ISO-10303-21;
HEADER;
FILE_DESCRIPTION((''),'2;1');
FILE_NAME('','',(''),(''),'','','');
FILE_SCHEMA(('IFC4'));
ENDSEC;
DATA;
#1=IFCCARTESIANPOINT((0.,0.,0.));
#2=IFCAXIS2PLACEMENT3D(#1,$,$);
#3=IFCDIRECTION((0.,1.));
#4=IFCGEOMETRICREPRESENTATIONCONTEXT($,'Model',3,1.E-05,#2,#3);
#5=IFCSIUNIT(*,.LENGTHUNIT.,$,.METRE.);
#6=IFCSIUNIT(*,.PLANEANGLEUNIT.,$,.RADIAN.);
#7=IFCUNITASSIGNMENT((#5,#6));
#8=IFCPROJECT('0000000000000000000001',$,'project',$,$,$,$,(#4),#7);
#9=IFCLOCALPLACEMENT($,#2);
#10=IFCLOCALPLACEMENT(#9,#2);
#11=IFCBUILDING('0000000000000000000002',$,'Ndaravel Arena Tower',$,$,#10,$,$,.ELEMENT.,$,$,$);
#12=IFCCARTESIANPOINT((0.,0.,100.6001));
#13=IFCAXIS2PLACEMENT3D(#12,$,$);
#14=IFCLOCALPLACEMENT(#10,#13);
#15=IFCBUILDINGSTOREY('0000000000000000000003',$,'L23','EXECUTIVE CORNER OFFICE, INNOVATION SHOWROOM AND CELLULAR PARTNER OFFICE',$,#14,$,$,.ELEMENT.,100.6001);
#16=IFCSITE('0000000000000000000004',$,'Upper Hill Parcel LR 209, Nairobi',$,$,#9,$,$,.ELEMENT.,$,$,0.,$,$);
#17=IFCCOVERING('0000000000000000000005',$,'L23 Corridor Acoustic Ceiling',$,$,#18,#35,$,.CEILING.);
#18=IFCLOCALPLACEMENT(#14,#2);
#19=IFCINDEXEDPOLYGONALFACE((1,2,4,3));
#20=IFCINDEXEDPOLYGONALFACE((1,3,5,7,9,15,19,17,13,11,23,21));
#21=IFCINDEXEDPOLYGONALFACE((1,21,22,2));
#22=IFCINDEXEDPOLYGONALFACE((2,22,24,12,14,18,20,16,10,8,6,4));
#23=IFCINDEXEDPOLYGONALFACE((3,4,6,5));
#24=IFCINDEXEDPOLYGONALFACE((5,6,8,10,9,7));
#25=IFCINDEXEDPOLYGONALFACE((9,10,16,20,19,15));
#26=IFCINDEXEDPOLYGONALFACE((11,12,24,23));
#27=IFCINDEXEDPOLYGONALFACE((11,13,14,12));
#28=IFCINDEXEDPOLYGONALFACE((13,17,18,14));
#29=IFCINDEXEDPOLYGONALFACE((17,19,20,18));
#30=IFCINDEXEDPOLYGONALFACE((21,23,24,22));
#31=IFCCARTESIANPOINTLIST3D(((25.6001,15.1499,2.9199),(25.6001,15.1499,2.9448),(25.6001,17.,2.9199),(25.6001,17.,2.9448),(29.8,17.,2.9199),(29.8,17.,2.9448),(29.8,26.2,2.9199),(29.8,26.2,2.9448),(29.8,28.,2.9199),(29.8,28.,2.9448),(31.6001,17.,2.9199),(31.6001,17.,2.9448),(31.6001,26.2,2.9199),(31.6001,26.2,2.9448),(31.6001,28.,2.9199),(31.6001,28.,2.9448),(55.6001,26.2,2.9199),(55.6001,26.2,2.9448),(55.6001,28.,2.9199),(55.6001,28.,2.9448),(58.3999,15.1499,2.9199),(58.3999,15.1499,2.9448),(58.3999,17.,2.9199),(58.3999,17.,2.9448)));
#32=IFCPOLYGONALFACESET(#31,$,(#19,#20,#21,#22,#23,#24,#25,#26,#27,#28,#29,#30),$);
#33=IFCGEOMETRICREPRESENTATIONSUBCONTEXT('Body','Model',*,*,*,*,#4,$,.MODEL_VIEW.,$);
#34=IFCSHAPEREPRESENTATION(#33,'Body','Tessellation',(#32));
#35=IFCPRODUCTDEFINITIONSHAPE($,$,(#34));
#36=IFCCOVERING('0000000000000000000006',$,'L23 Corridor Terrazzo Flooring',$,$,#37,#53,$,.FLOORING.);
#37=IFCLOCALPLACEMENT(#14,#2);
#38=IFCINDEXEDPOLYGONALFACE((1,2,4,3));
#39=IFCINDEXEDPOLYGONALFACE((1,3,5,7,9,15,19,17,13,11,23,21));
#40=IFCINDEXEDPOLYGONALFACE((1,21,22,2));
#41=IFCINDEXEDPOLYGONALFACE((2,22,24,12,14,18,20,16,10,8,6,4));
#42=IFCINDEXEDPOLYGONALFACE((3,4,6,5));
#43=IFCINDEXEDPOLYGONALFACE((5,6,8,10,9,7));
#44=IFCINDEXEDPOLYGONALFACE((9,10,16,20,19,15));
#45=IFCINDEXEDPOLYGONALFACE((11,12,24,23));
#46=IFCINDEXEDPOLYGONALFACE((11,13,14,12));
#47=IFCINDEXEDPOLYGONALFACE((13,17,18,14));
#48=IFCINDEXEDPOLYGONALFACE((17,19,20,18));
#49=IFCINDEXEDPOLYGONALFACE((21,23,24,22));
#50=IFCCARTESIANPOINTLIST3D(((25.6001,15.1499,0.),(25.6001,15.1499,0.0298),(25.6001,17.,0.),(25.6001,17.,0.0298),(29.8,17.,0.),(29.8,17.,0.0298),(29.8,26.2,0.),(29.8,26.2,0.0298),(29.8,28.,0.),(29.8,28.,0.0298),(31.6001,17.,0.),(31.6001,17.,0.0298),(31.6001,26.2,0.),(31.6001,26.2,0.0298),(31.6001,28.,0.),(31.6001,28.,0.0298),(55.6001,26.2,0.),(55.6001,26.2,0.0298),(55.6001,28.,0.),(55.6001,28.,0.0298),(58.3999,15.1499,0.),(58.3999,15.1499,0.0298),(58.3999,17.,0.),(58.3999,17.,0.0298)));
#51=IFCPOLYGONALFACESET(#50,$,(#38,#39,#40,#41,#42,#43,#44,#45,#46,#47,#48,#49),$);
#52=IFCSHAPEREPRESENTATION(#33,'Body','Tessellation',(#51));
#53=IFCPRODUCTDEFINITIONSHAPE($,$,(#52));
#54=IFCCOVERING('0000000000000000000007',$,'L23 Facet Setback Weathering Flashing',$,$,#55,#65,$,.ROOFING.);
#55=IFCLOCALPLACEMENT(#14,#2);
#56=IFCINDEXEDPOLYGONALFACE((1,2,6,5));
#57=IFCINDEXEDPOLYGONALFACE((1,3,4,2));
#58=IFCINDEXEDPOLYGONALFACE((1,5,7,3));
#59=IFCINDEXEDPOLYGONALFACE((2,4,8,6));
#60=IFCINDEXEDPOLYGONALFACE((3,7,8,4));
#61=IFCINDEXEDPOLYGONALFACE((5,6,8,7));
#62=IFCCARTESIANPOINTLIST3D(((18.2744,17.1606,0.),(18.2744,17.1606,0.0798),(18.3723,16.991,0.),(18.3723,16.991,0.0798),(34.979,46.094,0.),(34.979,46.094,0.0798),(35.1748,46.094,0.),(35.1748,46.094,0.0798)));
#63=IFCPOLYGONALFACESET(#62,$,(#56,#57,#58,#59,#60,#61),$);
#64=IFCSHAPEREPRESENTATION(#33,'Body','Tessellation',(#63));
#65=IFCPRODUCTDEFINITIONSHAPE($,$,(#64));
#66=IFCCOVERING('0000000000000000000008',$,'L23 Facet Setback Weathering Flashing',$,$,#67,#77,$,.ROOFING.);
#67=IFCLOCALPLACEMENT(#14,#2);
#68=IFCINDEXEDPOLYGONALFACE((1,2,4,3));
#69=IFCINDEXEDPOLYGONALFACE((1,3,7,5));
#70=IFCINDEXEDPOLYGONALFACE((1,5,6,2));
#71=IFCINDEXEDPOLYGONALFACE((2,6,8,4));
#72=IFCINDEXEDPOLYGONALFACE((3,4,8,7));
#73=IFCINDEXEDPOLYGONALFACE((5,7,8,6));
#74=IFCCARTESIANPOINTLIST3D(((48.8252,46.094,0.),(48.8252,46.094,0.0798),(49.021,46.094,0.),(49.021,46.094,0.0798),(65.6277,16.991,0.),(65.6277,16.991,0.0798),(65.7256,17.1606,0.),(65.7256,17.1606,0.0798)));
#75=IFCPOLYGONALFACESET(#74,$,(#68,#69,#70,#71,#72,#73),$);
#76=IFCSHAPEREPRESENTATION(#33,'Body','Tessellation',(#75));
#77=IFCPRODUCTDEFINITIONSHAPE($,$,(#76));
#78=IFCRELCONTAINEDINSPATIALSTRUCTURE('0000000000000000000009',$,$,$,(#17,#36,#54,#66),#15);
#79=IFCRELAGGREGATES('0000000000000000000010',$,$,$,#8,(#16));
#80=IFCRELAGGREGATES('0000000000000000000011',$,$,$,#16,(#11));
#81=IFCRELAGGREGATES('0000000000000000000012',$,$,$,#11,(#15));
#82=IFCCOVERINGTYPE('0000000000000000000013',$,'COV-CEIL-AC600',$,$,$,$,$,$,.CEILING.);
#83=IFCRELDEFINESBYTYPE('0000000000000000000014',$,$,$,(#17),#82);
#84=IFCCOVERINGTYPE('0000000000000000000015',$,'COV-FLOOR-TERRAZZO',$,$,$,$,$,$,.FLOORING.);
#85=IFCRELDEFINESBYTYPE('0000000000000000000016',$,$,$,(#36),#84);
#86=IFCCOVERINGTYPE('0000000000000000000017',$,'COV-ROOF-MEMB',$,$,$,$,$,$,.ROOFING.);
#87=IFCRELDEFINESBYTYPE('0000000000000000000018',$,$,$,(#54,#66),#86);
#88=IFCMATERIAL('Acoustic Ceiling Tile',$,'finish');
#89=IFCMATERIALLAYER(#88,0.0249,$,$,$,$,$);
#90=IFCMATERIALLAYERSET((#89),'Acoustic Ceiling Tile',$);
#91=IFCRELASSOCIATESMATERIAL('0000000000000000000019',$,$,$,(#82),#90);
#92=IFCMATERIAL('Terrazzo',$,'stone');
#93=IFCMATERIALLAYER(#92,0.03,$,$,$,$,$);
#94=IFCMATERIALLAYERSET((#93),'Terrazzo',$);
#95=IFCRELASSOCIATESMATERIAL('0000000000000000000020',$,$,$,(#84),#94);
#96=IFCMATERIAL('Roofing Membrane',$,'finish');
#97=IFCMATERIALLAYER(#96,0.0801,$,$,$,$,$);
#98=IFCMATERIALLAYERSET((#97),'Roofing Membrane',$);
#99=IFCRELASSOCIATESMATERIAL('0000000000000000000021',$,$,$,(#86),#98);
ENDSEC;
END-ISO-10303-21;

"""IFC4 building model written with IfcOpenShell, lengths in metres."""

from ifc_helpers import new_model, si_unit, direction, frame, origin, place, context, subcontext, project, spatial, polyline, outline, extrude, material, layer, layer_set, type_object, element, save


model = new_model("IFC4")

# Units and contexts
model_context = context("Model", 3, precision=1e-05, world=origin(), true_north=direction((0.0, 1.0)))
body_context = subcontext(model_context, "Body", "Model", "MODEL_VIEW")
ifc_project = project(units=[si_unit("LENGTHUNIT", "METRE"), si_unit("PLANEANGLEUNIT", "RADIAN")], contexts=[model_context])

# Site, building, storey
site_placement = place(None, origin())
site = spatial("IfcSite", under=ifc_project, at=site_placement, Name="Upper Hill Parcel LR 209, Nairobi", CompositionType="ELEMENT", RefElevation=0.0)
building_placement = place(site_placement, origin())
building = spatial("IfcBuilding", under=site, at=building_placement, Name="Ndaravel Arena Tower", CompositionType="ELEMENT")
storey_placement = place(building_placement, frame((0.0, 0.0, 100.6001)))
storey = spatial("IfcBuildingStorey", under=building, at=storey_placement, Name="L23", Description="EXECUTIVE CORNER OFFICE, INNOVATION SHOWROOM AND CELLULAR PARTNER OFFICE", CompositionType="ELEMENT", Elevation=100.6001)

# Coverings
ifc_material_1 = material(Name="Acoustic Ceiling Tile", Category="finish")
ifc_layer_1 = layer(ifc_material_1, 0.0249)
ifc_layer_set_1 = layer_set([ifc_layer_1], Name="Acoustic Ceiling Tile")
covering_type_1 = type_object("IfcCoveringType", Name="COV-CEIL-AC600", PredefinedType="CEILING", material=ifc_layer_set_1)
covering_1_placement = place(storey_placement, frame((0.0, 0.0, 2.9199)))
element("IfcCovering", 1, at=covering_1_placement, inside=storey, type_object=covering_type_1, Name="L23 Corridor Acoustic Ceiling", PredefinedType="CEILING", context=body_context, shape_type="SweptSolid", body=[
    extrude(outline(polyline([(58.3999, 17.0), (31.6001, 17.0), (31.6001, 26.2), (55.6001, 26.2), (55.6001, 28.0), (31.6001, 28.0), (29.8, 28.0), (29.8, 26.2), (29.8, 17.0), (25.6001, 17.0), (25.6001, 15.1499), (58.3999, 15.1499), (58.3999, 17.0)])), origin(), (0.0, 0.0, 1.0), 0.0249),
])
ifc_material_2 = material(Name="Terrazzo", Category="stone")
ifc_layer_2 = layer(ifc_material_2, 0.03)
ifc_layer_set_2 = layer_set([ifc_layer_2], Name="Terrazzo")
covering_type_2 = type_object("IfcCoveringType", Name="COV-FLOOR-TERRAZZO", PredefinedType="FLOORING", material=ifc_layer_set_2)
covering_2_placement = place(storey_placement, origin())
element("IfcCovering", 2, at=covering_2_placement, inside=storey, type_object=covering_type_2, Name="L23 Corridor Terrazzo Flooring", PredefinedType="FLOORING", context=body_context, shape_type="SweptSolid", body=[
    extrude(outline(polyline([(58.3999, 17.0), (31.6001, 17.0), (31.6001, 26.2), (55.6001, 26.2), (55.6001, 28.0), (31.6001, 28.0), (29.8, 28.0), (29.8, 26.2), (29.8, 17.0), (25.6001, 17.0), (25.6001, 15.1499), (58.3999, 15.1499), (58.3999, 17.0)])), origin(), (0.0, 0.0, 1.0), 0.0298),
])
ifc_material_3 = material(Name="Roofing Membrane", Category="finish")
ifc_layer_3 = layer(ifc_material_3, 0.0801)
ifc_layer_set_3 = layer_set([ifc_layer_3], Name="Roofing Membrane")
covering_type_3 = type_object("IfcCoveringType", Name="COV-ROOF-MEMB", PredefinedType="ROOFING", material=ifc_layer_set_3)
covering_3_placement = place(storey_placement, origin())
element("IfcCovering", 3, at=covering_3_placement, inside=storey, type_object=covering_type_3, Name="L23 Facet Setback Weathering Flashing", PredefinedType="ROOFING", context=body_context, shape_type="SweptSolid", body=[
    extrude(outline(polyline([(18.2744, 17.1606), (34.979, 46.094), (35.1748, 46.094), (18.3723, 16.991), (18.2744, 17.1606)])), origin(), (0.0, 0.0, 1.0), 0.0798),
])
covering_4_placement = place(storey_placement, origin())
element("IfcCovering", 4, at=covering_4_placement, inside=storey, type_object=covering_type_3, Name="L23 Facet Setback Weathering Flashing", PredefinedType="ROOFING", context=body_context, shape_type="SweptSolid", body=[
    extrude(outline(polyline([(49.021, 46.094), (65.7256, 17.1606), (65.6277, 16.991), (48.8252, 46.094), (49.021, 46.094)])), origin(), (0.0, 0.0, 1.0), 0.0798),
])

save(model, "model.ifc")
